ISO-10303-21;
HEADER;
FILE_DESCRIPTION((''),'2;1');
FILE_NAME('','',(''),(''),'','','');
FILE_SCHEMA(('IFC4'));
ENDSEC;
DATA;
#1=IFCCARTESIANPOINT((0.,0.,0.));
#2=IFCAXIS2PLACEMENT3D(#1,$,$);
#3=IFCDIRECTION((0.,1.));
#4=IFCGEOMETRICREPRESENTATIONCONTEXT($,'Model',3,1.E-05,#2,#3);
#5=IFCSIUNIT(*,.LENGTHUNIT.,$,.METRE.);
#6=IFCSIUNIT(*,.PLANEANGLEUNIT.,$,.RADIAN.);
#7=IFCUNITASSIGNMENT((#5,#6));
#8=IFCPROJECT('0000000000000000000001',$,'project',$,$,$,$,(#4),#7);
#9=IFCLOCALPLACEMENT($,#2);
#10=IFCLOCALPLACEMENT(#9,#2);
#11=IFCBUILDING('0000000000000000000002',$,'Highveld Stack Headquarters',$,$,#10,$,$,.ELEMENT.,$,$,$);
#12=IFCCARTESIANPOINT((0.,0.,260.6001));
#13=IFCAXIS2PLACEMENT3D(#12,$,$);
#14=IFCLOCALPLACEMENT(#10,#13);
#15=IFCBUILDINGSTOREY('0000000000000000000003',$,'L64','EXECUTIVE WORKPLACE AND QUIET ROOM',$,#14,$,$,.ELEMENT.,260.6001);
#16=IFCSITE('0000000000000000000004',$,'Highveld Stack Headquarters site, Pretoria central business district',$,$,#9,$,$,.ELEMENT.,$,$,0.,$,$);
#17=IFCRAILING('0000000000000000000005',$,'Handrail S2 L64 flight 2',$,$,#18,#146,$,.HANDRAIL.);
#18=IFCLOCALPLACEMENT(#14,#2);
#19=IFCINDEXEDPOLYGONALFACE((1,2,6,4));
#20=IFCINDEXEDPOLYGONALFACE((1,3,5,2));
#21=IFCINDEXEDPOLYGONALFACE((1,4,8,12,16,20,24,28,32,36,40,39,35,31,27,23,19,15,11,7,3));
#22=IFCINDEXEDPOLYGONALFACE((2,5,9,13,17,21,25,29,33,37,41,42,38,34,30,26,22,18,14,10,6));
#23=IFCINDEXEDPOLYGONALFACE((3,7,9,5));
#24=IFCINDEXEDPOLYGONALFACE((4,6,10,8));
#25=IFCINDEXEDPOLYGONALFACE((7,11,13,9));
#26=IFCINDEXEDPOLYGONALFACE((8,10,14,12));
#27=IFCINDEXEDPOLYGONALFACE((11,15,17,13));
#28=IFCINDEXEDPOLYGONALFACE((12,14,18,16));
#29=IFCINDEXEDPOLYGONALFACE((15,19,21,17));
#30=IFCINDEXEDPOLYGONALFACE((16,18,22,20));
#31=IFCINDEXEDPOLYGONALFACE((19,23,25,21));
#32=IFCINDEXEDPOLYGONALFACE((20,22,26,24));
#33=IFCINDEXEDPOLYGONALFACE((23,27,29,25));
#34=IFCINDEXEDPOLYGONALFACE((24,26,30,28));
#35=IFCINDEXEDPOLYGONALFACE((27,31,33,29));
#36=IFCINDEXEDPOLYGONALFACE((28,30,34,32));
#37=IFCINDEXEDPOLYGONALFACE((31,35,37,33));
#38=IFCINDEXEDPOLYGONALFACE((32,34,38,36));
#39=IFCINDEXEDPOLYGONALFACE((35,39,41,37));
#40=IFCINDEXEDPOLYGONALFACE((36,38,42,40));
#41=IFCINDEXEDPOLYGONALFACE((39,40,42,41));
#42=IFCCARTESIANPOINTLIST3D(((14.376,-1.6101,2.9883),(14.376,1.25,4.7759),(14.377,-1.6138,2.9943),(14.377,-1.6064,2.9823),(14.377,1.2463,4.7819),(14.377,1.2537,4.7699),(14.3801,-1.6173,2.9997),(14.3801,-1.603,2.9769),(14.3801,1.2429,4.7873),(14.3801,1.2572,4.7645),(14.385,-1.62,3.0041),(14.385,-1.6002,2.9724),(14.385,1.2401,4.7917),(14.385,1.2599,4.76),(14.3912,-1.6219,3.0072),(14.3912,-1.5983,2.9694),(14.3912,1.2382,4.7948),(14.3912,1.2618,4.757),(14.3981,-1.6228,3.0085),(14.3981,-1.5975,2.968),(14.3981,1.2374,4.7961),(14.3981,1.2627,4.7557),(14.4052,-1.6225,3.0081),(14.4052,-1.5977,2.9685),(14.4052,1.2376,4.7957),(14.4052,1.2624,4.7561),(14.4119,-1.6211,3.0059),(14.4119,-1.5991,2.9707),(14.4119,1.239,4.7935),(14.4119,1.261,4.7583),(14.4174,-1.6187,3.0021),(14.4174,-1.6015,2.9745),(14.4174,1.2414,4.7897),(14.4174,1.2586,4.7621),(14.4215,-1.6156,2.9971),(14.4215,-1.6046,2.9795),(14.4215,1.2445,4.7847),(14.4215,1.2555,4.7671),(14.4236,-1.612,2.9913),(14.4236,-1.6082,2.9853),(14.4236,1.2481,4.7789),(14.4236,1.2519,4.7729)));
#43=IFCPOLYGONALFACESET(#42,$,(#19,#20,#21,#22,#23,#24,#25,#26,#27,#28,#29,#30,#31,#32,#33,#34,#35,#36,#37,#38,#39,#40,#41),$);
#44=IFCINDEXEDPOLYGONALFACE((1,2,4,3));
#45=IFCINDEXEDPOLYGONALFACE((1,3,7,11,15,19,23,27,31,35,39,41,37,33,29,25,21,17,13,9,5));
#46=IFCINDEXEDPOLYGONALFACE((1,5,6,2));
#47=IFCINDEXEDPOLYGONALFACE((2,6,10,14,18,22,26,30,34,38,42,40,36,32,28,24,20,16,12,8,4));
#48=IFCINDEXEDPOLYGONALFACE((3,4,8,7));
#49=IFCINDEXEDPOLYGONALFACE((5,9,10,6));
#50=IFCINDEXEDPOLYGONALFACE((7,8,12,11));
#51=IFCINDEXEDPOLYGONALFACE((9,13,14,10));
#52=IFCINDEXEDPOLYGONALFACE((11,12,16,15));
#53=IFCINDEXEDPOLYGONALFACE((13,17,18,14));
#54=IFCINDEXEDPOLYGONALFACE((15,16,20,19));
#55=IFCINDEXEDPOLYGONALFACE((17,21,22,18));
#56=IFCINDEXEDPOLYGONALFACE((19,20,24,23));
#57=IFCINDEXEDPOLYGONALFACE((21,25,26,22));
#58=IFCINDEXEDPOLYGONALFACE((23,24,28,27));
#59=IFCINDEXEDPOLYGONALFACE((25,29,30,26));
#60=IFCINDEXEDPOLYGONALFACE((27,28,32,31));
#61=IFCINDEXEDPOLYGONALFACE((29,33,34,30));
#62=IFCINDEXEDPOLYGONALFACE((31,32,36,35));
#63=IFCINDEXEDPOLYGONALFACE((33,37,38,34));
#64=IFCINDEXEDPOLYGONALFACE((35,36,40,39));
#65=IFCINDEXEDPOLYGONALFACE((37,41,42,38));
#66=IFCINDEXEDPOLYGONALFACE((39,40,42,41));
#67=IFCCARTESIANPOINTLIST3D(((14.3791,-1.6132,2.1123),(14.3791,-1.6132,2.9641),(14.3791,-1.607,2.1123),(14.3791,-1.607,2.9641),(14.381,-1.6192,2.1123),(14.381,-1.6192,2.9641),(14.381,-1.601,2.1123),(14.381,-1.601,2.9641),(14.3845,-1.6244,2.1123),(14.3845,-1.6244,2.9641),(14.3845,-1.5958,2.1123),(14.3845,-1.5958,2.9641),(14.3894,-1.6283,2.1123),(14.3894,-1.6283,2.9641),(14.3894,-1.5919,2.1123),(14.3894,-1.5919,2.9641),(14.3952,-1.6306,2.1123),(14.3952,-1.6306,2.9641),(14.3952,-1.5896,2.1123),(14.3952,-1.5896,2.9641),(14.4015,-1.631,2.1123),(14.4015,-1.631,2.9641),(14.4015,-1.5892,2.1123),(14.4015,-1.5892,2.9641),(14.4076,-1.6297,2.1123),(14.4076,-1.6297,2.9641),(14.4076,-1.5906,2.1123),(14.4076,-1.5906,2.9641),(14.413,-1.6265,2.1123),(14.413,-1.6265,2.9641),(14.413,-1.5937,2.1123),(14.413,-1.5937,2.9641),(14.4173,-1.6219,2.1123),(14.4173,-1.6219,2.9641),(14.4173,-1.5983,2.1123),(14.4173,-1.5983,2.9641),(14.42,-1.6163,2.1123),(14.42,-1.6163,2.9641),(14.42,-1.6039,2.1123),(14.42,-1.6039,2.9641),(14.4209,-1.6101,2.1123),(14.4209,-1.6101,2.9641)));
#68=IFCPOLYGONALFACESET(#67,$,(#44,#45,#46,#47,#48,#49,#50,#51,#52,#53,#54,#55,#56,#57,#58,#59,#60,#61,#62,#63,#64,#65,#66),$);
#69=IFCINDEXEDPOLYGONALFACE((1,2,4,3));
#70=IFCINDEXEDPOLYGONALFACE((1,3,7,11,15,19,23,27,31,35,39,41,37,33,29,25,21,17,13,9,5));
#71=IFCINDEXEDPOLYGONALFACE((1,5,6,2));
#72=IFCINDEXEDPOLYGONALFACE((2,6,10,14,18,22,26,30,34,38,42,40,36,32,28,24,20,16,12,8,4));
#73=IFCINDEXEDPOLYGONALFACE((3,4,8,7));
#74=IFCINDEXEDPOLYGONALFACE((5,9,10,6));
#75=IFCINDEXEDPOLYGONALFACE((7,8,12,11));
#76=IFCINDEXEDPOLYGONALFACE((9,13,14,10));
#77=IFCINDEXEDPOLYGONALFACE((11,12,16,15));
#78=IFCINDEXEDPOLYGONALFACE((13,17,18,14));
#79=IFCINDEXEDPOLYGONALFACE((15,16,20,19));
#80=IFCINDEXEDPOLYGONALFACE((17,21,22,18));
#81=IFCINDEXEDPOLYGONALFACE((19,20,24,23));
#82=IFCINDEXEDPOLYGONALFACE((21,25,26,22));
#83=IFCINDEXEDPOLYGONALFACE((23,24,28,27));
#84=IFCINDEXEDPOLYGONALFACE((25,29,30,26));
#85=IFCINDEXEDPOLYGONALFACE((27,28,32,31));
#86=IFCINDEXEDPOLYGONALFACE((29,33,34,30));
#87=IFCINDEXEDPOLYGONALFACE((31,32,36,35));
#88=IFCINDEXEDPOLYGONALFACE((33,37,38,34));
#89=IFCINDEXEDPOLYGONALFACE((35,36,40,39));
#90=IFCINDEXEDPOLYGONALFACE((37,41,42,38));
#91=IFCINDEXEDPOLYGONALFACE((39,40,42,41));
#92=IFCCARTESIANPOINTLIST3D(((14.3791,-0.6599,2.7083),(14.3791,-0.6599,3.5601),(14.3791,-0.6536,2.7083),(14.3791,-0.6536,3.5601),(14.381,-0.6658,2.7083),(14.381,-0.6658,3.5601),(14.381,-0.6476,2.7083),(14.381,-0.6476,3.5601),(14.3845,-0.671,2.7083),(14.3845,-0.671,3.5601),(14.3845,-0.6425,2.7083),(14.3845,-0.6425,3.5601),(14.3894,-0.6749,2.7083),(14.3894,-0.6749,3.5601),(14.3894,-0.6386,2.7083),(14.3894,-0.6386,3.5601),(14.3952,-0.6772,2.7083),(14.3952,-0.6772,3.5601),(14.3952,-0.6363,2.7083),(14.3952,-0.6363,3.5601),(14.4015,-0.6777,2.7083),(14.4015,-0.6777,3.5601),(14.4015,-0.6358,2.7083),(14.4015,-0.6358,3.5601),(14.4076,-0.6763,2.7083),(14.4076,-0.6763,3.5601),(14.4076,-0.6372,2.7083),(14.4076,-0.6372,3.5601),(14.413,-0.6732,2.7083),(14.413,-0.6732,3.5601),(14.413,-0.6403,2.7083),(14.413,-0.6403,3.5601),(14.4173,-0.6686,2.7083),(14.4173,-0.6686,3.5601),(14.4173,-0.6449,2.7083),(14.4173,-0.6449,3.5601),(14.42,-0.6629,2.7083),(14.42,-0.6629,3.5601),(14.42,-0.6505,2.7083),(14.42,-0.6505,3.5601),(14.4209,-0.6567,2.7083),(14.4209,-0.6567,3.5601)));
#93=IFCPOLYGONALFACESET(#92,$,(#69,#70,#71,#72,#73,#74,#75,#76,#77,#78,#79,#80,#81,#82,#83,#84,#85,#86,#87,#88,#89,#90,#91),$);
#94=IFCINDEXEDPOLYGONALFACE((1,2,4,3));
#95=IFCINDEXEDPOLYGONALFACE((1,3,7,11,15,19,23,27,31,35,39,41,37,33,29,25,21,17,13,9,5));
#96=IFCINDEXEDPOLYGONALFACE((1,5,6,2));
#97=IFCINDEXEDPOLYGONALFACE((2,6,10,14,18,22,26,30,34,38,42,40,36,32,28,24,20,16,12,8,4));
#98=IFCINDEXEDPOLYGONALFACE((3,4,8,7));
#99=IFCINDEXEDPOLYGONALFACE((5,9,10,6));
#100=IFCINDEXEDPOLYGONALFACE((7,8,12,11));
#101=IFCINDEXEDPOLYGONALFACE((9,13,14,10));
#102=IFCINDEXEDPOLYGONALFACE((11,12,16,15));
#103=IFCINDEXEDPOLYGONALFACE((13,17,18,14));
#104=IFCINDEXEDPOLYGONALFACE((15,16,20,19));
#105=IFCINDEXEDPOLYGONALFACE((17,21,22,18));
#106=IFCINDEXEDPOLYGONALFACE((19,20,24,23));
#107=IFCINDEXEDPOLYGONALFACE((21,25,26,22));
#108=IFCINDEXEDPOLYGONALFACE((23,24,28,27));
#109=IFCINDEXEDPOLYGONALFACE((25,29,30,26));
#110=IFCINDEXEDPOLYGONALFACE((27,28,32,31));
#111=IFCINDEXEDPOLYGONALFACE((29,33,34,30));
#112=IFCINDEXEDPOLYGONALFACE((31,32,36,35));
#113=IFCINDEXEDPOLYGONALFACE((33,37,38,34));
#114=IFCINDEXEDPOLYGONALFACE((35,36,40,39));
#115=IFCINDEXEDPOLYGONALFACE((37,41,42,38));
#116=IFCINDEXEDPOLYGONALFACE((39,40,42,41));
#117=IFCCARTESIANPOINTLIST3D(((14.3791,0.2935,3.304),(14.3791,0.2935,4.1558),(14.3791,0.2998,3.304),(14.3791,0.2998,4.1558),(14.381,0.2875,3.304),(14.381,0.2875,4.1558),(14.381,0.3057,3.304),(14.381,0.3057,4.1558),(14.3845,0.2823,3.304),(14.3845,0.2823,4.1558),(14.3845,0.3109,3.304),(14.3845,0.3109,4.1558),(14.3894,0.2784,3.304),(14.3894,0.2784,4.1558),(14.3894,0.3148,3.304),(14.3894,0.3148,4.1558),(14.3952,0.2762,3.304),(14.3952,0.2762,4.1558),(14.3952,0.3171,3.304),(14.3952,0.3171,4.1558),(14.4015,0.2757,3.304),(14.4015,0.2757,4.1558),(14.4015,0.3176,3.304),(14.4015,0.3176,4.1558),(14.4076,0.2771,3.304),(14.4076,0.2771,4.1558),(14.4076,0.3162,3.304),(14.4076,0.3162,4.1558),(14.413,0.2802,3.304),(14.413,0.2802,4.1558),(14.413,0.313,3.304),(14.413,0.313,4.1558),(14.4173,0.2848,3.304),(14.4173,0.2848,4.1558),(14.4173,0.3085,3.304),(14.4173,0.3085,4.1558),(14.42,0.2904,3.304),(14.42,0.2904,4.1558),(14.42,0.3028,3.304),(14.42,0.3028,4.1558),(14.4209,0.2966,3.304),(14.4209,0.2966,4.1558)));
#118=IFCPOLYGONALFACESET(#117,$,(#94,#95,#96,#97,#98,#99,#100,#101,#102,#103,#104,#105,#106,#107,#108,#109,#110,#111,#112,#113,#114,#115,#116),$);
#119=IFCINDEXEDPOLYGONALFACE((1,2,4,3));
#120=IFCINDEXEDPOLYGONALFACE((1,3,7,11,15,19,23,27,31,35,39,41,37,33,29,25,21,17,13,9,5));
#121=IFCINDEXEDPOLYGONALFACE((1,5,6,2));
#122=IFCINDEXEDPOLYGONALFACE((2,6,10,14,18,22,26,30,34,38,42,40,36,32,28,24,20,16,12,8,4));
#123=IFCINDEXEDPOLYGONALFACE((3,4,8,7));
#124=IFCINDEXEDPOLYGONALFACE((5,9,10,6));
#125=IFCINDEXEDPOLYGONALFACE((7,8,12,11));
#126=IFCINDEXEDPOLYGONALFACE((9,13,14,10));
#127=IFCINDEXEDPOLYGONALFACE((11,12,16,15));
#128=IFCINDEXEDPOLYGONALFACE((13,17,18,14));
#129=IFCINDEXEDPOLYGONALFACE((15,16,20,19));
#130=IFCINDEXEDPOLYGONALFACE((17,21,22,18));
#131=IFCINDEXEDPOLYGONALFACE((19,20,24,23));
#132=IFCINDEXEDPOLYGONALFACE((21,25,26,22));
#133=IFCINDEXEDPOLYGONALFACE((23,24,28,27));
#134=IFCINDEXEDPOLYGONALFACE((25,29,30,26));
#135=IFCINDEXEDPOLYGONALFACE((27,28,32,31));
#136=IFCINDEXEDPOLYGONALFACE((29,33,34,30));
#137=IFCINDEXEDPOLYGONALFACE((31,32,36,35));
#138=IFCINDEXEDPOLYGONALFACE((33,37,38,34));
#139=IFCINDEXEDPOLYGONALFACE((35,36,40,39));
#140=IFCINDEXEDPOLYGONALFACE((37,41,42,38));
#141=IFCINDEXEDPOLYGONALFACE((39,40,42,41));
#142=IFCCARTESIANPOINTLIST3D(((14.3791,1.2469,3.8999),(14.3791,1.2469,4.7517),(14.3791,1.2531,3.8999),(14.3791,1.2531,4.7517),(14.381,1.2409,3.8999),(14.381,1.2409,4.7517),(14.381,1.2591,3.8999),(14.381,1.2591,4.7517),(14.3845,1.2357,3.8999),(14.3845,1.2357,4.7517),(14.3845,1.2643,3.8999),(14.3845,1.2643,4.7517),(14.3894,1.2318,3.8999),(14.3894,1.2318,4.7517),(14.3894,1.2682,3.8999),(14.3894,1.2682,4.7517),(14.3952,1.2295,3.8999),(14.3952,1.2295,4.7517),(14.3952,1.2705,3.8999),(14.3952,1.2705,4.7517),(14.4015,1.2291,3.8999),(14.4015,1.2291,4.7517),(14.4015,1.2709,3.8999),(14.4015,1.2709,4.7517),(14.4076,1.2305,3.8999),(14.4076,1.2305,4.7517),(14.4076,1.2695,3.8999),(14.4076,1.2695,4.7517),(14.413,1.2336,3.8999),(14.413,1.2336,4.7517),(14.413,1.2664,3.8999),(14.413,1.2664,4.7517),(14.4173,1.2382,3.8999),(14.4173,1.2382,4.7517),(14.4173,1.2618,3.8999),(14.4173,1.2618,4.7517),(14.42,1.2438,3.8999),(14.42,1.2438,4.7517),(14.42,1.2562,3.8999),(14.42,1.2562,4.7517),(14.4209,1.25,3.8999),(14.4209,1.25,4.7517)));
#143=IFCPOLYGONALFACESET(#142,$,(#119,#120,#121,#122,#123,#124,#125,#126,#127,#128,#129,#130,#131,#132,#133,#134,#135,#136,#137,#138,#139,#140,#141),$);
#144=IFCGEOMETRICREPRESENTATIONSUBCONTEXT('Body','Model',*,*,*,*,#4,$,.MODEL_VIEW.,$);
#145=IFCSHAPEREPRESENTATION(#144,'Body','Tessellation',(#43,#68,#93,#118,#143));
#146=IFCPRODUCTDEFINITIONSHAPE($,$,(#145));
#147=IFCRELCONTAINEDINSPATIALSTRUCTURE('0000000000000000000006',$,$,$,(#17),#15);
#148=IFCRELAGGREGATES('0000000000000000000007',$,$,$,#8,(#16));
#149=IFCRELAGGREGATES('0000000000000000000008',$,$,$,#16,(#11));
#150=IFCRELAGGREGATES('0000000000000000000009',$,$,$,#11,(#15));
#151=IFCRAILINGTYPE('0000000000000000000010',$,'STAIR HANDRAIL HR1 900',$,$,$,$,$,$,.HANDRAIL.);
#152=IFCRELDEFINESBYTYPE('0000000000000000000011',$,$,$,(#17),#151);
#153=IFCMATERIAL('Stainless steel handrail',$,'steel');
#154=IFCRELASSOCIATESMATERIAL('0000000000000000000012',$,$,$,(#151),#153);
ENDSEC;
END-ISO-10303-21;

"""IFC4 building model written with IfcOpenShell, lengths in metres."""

from ifc_helpers import new_model, si_unit, direction, frame, origin, origin_2d, place, context, subcontext, project, spatial, circle, extrude, material, type_object, element, save


model = new_model("IFC4")

# Units and contexts
model_context = context("Model", 3, precision=1e-05, world=origin(), true_north=direction((0.0, 1.0)))
body_context = subcontext(model_context, "Body", "Model", "MODEL_VIEW")
ifc_project = project(units=[si_unit("LENGTHUNIT", "METRE"), si_unit("PLANEANGLEUNIT", "RADIAN")], contexts=[model_context])

# Site, building, storey
site_placement = place(None, origin())
site = spatial("IfcSite", under=ifc_project, at=site_placement, Name="Highveld Stack Headquarters site, Pretoria central business district", CompositionType="ELEMENT", RefElevation=0.0)
building_placement = place(site_placement, origin())
building = spatial("IfcBuilding", under=site, at=building_placement, Name="Highveld Stack Headquarters", CompositionType="ELEMENT")
storey_placement = place(building_placement, frame((0.0, 0.0, 260.6001)))
storey = spatial("IfcBuildingStorey", under=building, at=storey_placement, Name="L64", Description="EXECUTIVE WORKPLACE AND QUIET ROOM", CompositionType="ELEMENT", Elevation=260.6001)

# Railing
ifc_material_1 = material(Name="Stainless steel handrail", Category="steel")
railing_type = type_object("IfcRailingType", Name="STAIR HANDRAIL HR1 900", PredefinedType="HANDRAIL", material=ifc_material_1)
for number, where, name in (
    (1, (14.3999, -1.6101, 2.1123), "Handrail S2 L64 flight 2"),
):
    element("IfcRailing", number, at=place(storey_placement, frame(where)), inside=storey, type_object=railing_type, Name=name, PredefinedType="HANDRAIL", context=body_context, shape_type="SweptSolid", body=[
        extrude(circle(Radius=0.0239, at=origin_2d()), frame((0.0, 0.0, 0.876), z_axis=(0.0, 0.847994, 0.530005), x_axis=(-1.0, 0.0, 0.0)), (0.0, 0.0, 1.0), 3.3728),
        extrude(circle(Radius=0.021, at=origin_2d()), origin(), (0.0, 0.0, 1.0), 0.8518),
        extrude(circle(Radius=0.021, at=origin_2d()), frame((0.0, 0.9534, 0.5959)), (0.0, 0.0, 1.0), 0.8518),
        extrude(circle(Radius=0.021, at=origin_2d()), frame((0.0, 1.9067, 1.1917)), (0.0, 0.0, 1.0), 0.8518),
        extrude(circle(Radius=0.021, at=origin_2d()), frame((0.0, 2.8601, 1.7876)), (0.0, 0.0, 1.0), 0.8518),
    ])

save(model, "model.ifc")
